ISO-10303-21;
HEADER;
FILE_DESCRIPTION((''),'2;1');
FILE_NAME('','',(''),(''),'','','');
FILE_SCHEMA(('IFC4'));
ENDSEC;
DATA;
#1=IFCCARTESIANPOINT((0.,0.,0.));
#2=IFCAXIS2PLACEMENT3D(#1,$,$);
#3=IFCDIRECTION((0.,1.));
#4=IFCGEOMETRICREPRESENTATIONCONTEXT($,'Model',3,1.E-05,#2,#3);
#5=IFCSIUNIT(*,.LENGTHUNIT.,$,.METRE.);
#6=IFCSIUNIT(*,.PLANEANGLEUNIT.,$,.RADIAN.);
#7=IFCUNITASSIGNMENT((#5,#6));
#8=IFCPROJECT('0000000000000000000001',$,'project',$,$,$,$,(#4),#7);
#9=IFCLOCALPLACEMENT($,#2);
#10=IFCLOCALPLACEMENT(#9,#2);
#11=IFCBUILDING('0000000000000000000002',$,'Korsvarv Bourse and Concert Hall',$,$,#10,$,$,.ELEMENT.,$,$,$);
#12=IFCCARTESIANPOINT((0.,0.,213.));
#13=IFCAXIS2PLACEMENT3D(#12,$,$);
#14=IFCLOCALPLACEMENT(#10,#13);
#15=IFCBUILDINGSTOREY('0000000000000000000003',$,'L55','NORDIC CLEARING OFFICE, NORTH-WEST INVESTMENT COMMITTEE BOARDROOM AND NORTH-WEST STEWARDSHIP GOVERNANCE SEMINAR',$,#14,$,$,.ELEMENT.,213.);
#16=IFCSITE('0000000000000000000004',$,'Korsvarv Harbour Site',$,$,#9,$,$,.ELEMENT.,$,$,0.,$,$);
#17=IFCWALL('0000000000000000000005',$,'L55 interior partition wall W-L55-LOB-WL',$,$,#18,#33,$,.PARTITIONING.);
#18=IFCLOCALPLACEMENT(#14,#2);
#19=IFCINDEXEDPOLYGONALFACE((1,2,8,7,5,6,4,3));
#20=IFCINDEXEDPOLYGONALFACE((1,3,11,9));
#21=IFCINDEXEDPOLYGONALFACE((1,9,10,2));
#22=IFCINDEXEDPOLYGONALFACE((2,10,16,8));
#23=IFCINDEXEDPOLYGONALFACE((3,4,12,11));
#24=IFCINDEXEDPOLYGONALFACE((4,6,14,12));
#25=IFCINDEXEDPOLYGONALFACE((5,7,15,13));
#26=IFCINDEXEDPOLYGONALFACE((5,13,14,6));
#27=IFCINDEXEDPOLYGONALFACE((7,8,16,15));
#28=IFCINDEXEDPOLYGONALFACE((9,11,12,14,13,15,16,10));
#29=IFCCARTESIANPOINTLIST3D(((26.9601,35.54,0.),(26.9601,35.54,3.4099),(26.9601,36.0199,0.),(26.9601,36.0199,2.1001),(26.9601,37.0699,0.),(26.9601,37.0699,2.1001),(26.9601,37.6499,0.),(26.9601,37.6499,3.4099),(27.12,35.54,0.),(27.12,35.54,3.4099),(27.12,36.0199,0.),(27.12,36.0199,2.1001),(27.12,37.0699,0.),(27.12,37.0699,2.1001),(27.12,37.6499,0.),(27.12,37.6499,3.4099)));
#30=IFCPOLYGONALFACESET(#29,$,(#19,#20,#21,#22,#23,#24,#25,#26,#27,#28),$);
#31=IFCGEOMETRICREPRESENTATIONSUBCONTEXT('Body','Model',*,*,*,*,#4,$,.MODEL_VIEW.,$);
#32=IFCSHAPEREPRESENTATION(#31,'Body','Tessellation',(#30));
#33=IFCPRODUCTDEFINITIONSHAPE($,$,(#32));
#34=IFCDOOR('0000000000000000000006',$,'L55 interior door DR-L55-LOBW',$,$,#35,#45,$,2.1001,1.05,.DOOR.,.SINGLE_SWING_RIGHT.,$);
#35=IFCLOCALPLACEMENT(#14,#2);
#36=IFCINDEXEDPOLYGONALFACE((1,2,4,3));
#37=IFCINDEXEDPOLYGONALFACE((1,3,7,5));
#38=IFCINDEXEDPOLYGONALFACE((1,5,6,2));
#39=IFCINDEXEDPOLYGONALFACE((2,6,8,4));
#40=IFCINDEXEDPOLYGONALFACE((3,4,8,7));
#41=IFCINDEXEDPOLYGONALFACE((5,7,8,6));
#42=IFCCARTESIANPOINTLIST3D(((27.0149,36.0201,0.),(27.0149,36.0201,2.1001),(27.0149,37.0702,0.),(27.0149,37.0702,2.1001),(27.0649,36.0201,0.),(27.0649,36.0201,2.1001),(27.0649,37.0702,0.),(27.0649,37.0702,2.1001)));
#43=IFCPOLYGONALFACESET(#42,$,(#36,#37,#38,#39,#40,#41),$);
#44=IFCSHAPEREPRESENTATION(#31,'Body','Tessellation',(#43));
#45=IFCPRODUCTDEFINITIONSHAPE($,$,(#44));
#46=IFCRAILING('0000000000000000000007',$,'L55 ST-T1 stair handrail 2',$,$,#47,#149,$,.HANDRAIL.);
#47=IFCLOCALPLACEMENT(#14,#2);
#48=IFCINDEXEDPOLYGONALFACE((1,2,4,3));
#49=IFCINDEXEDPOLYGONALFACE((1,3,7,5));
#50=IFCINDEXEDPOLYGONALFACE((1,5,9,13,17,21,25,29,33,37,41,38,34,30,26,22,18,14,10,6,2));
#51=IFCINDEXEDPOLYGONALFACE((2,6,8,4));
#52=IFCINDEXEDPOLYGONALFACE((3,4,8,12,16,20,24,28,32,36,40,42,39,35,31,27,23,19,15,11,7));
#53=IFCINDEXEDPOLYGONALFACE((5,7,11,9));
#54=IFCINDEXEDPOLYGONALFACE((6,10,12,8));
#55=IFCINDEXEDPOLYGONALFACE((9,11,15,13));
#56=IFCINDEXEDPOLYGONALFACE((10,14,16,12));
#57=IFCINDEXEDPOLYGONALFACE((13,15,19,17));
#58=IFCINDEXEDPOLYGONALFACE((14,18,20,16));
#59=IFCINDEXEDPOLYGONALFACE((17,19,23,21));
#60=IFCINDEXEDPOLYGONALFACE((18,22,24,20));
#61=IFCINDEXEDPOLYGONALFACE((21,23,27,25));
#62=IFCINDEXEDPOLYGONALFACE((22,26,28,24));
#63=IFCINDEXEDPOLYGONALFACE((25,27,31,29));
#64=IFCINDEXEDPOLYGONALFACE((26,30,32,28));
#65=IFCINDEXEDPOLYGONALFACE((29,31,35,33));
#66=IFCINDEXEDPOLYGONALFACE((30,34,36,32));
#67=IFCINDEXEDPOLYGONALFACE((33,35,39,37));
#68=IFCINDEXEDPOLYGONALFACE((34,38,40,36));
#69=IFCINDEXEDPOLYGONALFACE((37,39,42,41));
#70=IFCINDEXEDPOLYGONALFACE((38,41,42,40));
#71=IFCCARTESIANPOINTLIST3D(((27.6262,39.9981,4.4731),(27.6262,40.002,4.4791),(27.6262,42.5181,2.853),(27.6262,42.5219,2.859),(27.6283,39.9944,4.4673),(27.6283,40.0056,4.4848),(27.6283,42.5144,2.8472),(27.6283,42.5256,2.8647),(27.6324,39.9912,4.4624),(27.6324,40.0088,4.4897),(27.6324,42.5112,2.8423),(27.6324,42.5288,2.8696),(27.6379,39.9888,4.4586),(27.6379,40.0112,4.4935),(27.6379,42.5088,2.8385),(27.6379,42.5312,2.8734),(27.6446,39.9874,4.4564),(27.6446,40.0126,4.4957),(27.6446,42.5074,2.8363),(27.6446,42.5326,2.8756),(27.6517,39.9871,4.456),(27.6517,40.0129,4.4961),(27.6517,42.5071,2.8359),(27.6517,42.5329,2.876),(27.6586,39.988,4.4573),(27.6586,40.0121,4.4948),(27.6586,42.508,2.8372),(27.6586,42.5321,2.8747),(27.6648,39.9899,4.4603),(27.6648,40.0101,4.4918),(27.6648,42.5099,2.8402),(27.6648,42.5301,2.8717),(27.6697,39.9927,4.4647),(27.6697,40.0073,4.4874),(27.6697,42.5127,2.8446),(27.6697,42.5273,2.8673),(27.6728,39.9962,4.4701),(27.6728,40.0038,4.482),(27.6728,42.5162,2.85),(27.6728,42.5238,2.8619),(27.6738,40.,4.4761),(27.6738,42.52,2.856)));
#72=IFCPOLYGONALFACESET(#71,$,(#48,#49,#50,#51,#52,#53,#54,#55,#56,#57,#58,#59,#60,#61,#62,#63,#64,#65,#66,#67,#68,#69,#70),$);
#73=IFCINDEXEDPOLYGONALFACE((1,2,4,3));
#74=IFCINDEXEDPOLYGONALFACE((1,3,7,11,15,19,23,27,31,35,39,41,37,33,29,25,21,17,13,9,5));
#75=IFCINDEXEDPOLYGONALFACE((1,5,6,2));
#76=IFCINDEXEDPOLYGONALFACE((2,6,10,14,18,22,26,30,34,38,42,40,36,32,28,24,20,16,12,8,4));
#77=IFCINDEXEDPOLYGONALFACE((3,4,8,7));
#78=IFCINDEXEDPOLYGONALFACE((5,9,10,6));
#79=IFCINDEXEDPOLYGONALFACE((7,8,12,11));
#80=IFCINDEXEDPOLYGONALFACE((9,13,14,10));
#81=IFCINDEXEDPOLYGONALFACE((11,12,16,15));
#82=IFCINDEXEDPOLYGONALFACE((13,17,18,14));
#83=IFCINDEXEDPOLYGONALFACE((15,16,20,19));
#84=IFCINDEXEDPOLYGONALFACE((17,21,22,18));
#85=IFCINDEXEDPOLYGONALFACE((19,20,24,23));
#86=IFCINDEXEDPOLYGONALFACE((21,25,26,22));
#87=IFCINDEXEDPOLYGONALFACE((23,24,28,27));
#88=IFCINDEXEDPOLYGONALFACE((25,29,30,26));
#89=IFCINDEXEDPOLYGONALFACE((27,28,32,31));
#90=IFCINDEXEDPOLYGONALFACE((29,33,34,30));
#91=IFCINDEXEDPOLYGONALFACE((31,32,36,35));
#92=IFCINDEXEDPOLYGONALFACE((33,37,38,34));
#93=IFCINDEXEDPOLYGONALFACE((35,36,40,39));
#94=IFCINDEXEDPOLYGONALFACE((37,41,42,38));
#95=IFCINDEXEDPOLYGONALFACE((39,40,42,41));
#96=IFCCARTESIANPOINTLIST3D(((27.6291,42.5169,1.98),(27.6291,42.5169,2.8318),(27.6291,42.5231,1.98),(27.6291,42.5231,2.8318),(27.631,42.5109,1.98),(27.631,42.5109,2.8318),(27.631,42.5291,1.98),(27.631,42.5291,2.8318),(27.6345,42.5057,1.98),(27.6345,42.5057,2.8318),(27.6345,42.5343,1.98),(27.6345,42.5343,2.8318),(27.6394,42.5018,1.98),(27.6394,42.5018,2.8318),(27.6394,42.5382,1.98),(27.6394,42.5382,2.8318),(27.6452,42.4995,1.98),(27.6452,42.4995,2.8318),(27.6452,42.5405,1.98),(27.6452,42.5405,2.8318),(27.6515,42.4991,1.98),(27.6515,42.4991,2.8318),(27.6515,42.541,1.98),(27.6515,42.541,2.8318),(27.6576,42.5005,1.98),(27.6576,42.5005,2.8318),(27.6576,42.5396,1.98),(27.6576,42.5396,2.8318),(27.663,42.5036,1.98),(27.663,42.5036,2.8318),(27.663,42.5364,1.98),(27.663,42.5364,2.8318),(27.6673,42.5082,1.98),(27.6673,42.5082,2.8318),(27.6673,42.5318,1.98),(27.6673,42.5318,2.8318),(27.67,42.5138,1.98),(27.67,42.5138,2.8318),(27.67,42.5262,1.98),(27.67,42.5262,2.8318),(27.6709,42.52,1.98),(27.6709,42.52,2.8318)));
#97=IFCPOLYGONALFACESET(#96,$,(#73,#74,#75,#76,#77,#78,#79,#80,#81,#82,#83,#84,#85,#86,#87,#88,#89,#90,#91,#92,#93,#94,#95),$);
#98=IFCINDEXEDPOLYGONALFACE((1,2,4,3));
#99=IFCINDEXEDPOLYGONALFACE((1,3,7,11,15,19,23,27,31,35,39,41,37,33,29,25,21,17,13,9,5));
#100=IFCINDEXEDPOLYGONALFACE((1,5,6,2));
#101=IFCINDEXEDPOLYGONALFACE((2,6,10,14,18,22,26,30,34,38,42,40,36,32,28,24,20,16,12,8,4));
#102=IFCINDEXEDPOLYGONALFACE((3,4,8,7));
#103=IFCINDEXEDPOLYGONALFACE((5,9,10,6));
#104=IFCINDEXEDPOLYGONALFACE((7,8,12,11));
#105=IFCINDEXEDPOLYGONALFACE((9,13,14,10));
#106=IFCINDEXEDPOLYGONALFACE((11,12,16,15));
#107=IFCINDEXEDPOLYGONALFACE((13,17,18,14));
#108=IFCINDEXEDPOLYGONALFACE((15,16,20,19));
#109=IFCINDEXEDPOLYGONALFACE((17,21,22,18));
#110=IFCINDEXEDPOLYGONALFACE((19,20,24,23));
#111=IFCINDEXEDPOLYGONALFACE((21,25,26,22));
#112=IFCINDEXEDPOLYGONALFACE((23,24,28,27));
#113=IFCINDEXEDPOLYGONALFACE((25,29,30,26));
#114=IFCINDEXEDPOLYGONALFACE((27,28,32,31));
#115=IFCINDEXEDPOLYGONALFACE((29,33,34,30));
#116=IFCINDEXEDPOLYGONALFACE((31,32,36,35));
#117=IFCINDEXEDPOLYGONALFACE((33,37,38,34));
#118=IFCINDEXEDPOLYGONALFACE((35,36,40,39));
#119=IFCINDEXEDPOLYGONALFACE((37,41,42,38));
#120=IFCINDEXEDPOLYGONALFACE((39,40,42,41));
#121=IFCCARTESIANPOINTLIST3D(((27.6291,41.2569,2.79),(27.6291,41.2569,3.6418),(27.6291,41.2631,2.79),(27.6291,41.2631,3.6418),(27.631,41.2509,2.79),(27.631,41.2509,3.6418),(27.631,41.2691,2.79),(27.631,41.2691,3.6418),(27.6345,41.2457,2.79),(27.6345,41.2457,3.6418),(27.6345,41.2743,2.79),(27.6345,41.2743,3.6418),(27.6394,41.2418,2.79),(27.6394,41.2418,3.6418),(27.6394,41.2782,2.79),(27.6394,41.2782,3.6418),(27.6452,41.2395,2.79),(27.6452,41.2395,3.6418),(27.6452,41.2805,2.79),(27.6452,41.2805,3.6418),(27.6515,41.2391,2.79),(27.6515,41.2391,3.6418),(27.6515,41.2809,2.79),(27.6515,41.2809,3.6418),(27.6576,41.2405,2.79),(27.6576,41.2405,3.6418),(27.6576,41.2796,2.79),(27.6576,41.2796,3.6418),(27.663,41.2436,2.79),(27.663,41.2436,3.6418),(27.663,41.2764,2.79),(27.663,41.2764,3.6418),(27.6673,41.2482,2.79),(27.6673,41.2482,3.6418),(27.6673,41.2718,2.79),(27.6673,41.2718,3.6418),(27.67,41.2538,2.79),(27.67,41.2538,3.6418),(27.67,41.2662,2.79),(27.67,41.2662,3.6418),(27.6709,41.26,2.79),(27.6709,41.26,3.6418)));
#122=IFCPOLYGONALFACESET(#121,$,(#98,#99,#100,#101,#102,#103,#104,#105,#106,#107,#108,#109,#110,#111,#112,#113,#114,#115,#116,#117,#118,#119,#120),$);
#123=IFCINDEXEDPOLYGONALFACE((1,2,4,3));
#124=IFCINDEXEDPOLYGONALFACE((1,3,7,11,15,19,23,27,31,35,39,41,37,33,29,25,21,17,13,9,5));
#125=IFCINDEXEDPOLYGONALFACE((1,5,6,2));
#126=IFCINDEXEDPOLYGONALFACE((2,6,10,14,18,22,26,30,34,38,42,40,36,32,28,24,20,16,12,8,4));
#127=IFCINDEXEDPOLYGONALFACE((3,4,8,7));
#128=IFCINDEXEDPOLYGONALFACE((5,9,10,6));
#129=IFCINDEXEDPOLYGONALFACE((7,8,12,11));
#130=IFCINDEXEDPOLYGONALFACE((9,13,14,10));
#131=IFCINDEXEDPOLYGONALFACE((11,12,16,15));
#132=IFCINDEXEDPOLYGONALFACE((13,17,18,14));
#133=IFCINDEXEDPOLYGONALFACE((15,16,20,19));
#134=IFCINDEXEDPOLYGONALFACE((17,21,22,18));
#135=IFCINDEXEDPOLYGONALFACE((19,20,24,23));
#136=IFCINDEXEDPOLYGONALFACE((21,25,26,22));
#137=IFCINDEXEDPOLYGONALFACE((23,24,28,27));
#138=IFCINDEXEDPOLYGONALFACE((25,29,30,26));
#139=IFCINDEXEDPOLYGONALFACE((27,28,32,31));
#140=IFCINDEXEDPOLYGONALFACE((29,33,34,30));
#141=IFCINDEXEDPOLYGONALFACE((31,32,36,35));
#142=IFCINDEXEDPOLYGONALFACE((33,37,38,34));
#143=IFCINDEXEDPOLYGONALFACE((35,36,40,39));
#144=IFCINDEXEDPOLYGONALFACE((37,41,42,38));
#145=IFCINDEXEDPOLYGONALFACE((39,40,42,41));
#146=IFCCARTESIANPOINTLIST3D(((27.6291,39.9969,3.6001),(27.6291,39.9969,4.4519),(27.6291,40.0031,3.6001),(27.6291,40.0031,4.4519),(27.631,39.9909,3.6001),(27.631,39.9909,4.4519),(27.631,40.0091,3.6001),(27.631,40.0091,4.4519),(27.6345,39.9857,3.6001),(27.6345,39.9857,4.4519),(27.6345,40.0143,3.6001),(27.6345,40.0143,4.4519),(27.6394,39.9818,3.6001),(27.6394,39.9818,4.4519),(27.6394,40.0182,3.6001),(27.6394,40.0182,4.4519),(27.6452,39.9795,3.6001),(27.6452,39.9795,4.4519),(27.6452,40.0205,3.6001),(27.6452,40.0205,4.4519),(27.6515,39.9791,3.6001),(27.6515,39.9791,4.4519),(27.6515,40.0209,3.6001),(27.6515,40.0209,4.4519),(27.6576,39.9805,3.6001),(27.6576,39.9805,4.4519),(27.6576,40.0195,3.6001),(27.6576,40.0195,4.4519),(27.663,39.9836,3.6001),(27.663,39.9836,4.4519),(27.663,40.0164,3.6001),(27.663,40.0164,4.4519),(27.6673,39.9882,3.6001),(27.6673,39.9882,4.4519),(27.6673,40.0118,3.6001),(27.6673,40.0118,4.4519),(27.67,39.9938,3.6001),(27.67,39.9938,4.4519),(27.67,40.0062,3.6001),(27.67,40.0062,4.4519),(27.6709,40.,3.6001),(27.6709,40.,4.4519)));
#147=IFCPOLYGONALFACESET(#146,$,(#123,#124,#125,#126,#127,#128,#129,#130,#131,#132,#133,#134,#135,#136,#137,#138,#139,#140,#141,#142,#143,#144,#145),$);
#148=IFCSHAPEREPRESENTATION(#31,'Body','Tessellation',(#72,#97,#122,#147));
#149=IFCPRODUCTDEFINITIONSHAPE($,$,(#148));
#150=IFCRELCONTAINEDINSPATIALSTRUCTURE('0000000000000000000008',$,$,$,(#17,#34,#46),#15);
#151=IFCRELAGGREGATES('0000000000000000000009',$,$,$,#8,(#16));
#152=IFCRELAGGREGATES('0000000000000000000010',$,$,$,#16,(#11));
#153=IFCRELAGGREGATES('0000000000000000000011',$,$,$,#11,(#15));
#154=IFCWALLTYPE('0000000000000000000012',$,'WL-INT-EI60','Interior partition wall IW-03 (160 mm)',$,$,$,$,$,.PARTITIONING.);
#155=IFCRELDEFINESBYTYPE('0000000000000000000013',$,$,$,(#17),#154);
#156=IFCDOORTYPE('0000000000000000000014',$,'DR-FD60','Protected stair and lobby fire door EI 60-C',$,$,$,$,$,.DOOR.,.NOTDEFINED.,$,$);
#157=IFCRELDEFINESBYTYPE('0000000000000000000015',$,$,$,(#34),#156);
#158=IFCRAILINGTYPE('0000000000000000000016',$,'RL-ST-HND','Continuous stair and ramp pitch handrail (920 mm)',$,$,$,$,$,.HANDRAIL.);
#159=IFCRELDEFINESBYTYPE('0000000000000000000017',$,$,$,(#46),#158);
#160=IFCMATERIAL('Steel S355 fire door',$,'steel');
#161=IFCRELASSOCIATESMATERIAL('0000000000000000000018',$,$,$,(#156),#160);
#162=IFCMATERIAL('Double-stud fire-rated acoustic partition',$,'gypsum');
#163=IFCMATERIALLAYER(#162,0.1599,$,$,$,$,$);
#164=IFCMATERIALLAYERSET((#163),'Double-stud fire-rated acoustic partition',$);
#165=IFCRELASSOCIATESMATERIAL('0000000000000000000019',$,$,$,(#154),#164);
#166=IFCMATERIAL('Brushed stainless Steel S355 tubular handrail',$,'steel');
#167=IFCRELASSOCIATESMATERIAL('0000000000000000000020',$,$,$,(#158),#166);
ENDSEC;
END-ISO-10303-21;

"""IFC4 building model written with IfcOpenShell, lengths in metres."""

from ifc_helpers import new_model, si_unit, direction, frame, frame_2d, origin, origin_2d, place, context, subcontext, project, spatial, rectangle, circle, extrude, material, layer, layer_set, type_object, element, fill, save


model = new_model("IFC4")

# Units and contexts
model_context = context("Model", 3, precision=1e-05, world=origin(), true_north=direction((0.0, 1.0)))
body_context = subcontext(model_context, "Body", "Model", "MODEL_VIEW")
ifc_project = project(units=[si_unit("LENGTHUNIT", "METRE"), si_unit("PLANEANGLEUNIT", "RADIAN")], contexts=[model_context])

# Site, building, storey
site_placement = place(None, origin())
site = spatial("IfcSite", under=ifc_project, at=site_placement, Name="Korsvarv Harbour Site", CompositionType="ELEMENT", RefElevation=0.0)
building_placement = place(site_placement, origin())
building = spatial("IfcBuilding", under=site, at=building_placement, Name="Korsvarv Bourse and Concert Hall", CompositionType="ELEMENT")
storey_placement = place(building_placement, frame((0.0, 0.0, 213.0)))
storey = spatial("IfcBuildingStorey", under=building, at=storey_placement, Name="L55", Description="NORDIC CLEARING OFFICE, NORTH-WEST INVESTMENT COMMITTEE BOARDROOM AND NORTH-WEST STEWARDSHIP GOVERNANCE SEMINAR", CompositionType="ELEMENT", Elevation=213.0)

# Shared definitions
ifc_material_1 = material(Name="Steel S355 fire door", Category="steel")
door_type_1 = type_object("IfcDoorType", Name="DR-FD60", Description="Protected stair and lobby fire door EI 60-C", OperationType="NOTDEFINED", PredefinedType="DOOR", material=ifc_material_1)

# Shared definitions
ifc_material_2 = material(Name="Double-stud fire-rated acoustic partition", Category="gypsum")
ifc_layer_1 = layer(ifc_material_2, 0.1599)
ifc_layer_set_1 = layer_set([ifc_layer_1], Name="Double-stud fire-rated acoustic partition")
wall_type_1 = type_object("IfcWallType", Name="WL-INT-EI60", Description="Interior partition wall IW-03 (160 mm)", PredefinedType="PARTITIONING", material=ifc_layer_set_1)

# Wall, opening, door
wall_1_placement = place(storey_placement, frame((27.04, 35.54, 0.0), z_axis=(0.0, 0.0, 1.0), x_axis=(0.0, 1.0, 0.0)))
wall_1 = element("IfcWall", 1, at=wall_1_placement, inside=storey, type_object=wall_type_1, Name="L55 interior partition wall W-L55-LOB-WL", PredefinedType="PARTITIONING", context=body_context, shape_type="SweptSolid", body=[
    extrude(rectangle(XDim=2.1099, YDim=0.1599, at=frame_2d((1.0549, 0.0))), origin(), (0.0, 0.0, 1.0), 3.4099),
])
opening_1_placement = place(wall_1_placement, frame((0.48, 0.0, 0.0)))
opening_1 = element("IfcOpeningElement", 2, at=opening_1_placement, cuts=wall_1, PredefinedType="OPENING", context=body_context, shape_type="SweptSolid", body=[
    extrude(rectangle(XDim=1.05, YDim=2.1001, at=frame_2d((0.5249, 1.05))), frame((0.0, 0.0898, 0.0), z_axis=(0.0, -1.0, 0.0), x_axis=(1.0, 0.0, 0.0)), (0.0, 0.0, 1.0), 0.1799),
])
door_1_placement = place(opening_1_placement, frame((1.05, 0.0, 0.0), z_axis=(0.0, 0.0, 1.0), x_axis=(-1.0, 0.0, 0.0)))
door_1 = element("IfcDoor", 3, at=door_1_placement, inside=storey, type_object=door_type_1, Name="L55 interior door DR-L55-LOBW", OperationType="SINGLE_SWING_RIGHT", OverallHeight=2.1001, OverallWidth=1.05, PredefinedType="DOOR", context=body_context, shape_type="SweptSolid", body=[
    extrude(rectangle(XDim=1.05, YDim=2.1001, at=frame_2d((0.5249, 1.05))), frame((0.0, 0.0249, 0.0), z_axis=(0.0, -1.0, 0.0), x_axis=(1.0, 0.0, 0.0)), (0.0, 0.0, 1.0), 0.05),
])
fill(opening_1, door_1)

# Railing
ifc_material_3 = material(Name="Brushed stainless Steel S355 tubular handrail", Category="steel")
railing_type = type_object("IfcRailingType", Name="RL-ST-HND", Description="Continuous stair and ramp pitch handrail (920 mm)", PredefinedType="HANDRAIL", material=ifc_material_3)
railing_placement = place(storey_placement, frame((27.6499, 42.52, 1.98)))
element("IfcRailing", 4, at=railing_placement, inside=storey, type_object=railing_type, Name="L55 ST-T1 stair handrail 2", PredefinedType="HANDRAIL", context=body_context, shape_type="SweptSolid", body=[
    extrude(circle(Radius=0.0239, at=origin_2d()), frame((0.0, 0.0, 0.876), z_axis=(0.0, -0.841163, 0.540782), x_axis=(1.0, 0.0, 0.0)), (0.0, 0.0, 1.0), 2.9958),
    extrude(circle(Radius=0.021, at=origin_2d()), origin(), (0.0, 0.0, 1.0), 0.8518),
    extrude(circle(Radius=0.021, at=origin_2d()), frame((0.0, -1.26, 0.8101)), (0.0, 0.0, 1.0), 0.8518),
    extrude(circle(Radius=0.021, at=origin_2d()), frame((0.0, -2.52, 1.6201)), (0.0, 0.0, 1.0), 0.8518),
])

save(model, "model.ifc")
